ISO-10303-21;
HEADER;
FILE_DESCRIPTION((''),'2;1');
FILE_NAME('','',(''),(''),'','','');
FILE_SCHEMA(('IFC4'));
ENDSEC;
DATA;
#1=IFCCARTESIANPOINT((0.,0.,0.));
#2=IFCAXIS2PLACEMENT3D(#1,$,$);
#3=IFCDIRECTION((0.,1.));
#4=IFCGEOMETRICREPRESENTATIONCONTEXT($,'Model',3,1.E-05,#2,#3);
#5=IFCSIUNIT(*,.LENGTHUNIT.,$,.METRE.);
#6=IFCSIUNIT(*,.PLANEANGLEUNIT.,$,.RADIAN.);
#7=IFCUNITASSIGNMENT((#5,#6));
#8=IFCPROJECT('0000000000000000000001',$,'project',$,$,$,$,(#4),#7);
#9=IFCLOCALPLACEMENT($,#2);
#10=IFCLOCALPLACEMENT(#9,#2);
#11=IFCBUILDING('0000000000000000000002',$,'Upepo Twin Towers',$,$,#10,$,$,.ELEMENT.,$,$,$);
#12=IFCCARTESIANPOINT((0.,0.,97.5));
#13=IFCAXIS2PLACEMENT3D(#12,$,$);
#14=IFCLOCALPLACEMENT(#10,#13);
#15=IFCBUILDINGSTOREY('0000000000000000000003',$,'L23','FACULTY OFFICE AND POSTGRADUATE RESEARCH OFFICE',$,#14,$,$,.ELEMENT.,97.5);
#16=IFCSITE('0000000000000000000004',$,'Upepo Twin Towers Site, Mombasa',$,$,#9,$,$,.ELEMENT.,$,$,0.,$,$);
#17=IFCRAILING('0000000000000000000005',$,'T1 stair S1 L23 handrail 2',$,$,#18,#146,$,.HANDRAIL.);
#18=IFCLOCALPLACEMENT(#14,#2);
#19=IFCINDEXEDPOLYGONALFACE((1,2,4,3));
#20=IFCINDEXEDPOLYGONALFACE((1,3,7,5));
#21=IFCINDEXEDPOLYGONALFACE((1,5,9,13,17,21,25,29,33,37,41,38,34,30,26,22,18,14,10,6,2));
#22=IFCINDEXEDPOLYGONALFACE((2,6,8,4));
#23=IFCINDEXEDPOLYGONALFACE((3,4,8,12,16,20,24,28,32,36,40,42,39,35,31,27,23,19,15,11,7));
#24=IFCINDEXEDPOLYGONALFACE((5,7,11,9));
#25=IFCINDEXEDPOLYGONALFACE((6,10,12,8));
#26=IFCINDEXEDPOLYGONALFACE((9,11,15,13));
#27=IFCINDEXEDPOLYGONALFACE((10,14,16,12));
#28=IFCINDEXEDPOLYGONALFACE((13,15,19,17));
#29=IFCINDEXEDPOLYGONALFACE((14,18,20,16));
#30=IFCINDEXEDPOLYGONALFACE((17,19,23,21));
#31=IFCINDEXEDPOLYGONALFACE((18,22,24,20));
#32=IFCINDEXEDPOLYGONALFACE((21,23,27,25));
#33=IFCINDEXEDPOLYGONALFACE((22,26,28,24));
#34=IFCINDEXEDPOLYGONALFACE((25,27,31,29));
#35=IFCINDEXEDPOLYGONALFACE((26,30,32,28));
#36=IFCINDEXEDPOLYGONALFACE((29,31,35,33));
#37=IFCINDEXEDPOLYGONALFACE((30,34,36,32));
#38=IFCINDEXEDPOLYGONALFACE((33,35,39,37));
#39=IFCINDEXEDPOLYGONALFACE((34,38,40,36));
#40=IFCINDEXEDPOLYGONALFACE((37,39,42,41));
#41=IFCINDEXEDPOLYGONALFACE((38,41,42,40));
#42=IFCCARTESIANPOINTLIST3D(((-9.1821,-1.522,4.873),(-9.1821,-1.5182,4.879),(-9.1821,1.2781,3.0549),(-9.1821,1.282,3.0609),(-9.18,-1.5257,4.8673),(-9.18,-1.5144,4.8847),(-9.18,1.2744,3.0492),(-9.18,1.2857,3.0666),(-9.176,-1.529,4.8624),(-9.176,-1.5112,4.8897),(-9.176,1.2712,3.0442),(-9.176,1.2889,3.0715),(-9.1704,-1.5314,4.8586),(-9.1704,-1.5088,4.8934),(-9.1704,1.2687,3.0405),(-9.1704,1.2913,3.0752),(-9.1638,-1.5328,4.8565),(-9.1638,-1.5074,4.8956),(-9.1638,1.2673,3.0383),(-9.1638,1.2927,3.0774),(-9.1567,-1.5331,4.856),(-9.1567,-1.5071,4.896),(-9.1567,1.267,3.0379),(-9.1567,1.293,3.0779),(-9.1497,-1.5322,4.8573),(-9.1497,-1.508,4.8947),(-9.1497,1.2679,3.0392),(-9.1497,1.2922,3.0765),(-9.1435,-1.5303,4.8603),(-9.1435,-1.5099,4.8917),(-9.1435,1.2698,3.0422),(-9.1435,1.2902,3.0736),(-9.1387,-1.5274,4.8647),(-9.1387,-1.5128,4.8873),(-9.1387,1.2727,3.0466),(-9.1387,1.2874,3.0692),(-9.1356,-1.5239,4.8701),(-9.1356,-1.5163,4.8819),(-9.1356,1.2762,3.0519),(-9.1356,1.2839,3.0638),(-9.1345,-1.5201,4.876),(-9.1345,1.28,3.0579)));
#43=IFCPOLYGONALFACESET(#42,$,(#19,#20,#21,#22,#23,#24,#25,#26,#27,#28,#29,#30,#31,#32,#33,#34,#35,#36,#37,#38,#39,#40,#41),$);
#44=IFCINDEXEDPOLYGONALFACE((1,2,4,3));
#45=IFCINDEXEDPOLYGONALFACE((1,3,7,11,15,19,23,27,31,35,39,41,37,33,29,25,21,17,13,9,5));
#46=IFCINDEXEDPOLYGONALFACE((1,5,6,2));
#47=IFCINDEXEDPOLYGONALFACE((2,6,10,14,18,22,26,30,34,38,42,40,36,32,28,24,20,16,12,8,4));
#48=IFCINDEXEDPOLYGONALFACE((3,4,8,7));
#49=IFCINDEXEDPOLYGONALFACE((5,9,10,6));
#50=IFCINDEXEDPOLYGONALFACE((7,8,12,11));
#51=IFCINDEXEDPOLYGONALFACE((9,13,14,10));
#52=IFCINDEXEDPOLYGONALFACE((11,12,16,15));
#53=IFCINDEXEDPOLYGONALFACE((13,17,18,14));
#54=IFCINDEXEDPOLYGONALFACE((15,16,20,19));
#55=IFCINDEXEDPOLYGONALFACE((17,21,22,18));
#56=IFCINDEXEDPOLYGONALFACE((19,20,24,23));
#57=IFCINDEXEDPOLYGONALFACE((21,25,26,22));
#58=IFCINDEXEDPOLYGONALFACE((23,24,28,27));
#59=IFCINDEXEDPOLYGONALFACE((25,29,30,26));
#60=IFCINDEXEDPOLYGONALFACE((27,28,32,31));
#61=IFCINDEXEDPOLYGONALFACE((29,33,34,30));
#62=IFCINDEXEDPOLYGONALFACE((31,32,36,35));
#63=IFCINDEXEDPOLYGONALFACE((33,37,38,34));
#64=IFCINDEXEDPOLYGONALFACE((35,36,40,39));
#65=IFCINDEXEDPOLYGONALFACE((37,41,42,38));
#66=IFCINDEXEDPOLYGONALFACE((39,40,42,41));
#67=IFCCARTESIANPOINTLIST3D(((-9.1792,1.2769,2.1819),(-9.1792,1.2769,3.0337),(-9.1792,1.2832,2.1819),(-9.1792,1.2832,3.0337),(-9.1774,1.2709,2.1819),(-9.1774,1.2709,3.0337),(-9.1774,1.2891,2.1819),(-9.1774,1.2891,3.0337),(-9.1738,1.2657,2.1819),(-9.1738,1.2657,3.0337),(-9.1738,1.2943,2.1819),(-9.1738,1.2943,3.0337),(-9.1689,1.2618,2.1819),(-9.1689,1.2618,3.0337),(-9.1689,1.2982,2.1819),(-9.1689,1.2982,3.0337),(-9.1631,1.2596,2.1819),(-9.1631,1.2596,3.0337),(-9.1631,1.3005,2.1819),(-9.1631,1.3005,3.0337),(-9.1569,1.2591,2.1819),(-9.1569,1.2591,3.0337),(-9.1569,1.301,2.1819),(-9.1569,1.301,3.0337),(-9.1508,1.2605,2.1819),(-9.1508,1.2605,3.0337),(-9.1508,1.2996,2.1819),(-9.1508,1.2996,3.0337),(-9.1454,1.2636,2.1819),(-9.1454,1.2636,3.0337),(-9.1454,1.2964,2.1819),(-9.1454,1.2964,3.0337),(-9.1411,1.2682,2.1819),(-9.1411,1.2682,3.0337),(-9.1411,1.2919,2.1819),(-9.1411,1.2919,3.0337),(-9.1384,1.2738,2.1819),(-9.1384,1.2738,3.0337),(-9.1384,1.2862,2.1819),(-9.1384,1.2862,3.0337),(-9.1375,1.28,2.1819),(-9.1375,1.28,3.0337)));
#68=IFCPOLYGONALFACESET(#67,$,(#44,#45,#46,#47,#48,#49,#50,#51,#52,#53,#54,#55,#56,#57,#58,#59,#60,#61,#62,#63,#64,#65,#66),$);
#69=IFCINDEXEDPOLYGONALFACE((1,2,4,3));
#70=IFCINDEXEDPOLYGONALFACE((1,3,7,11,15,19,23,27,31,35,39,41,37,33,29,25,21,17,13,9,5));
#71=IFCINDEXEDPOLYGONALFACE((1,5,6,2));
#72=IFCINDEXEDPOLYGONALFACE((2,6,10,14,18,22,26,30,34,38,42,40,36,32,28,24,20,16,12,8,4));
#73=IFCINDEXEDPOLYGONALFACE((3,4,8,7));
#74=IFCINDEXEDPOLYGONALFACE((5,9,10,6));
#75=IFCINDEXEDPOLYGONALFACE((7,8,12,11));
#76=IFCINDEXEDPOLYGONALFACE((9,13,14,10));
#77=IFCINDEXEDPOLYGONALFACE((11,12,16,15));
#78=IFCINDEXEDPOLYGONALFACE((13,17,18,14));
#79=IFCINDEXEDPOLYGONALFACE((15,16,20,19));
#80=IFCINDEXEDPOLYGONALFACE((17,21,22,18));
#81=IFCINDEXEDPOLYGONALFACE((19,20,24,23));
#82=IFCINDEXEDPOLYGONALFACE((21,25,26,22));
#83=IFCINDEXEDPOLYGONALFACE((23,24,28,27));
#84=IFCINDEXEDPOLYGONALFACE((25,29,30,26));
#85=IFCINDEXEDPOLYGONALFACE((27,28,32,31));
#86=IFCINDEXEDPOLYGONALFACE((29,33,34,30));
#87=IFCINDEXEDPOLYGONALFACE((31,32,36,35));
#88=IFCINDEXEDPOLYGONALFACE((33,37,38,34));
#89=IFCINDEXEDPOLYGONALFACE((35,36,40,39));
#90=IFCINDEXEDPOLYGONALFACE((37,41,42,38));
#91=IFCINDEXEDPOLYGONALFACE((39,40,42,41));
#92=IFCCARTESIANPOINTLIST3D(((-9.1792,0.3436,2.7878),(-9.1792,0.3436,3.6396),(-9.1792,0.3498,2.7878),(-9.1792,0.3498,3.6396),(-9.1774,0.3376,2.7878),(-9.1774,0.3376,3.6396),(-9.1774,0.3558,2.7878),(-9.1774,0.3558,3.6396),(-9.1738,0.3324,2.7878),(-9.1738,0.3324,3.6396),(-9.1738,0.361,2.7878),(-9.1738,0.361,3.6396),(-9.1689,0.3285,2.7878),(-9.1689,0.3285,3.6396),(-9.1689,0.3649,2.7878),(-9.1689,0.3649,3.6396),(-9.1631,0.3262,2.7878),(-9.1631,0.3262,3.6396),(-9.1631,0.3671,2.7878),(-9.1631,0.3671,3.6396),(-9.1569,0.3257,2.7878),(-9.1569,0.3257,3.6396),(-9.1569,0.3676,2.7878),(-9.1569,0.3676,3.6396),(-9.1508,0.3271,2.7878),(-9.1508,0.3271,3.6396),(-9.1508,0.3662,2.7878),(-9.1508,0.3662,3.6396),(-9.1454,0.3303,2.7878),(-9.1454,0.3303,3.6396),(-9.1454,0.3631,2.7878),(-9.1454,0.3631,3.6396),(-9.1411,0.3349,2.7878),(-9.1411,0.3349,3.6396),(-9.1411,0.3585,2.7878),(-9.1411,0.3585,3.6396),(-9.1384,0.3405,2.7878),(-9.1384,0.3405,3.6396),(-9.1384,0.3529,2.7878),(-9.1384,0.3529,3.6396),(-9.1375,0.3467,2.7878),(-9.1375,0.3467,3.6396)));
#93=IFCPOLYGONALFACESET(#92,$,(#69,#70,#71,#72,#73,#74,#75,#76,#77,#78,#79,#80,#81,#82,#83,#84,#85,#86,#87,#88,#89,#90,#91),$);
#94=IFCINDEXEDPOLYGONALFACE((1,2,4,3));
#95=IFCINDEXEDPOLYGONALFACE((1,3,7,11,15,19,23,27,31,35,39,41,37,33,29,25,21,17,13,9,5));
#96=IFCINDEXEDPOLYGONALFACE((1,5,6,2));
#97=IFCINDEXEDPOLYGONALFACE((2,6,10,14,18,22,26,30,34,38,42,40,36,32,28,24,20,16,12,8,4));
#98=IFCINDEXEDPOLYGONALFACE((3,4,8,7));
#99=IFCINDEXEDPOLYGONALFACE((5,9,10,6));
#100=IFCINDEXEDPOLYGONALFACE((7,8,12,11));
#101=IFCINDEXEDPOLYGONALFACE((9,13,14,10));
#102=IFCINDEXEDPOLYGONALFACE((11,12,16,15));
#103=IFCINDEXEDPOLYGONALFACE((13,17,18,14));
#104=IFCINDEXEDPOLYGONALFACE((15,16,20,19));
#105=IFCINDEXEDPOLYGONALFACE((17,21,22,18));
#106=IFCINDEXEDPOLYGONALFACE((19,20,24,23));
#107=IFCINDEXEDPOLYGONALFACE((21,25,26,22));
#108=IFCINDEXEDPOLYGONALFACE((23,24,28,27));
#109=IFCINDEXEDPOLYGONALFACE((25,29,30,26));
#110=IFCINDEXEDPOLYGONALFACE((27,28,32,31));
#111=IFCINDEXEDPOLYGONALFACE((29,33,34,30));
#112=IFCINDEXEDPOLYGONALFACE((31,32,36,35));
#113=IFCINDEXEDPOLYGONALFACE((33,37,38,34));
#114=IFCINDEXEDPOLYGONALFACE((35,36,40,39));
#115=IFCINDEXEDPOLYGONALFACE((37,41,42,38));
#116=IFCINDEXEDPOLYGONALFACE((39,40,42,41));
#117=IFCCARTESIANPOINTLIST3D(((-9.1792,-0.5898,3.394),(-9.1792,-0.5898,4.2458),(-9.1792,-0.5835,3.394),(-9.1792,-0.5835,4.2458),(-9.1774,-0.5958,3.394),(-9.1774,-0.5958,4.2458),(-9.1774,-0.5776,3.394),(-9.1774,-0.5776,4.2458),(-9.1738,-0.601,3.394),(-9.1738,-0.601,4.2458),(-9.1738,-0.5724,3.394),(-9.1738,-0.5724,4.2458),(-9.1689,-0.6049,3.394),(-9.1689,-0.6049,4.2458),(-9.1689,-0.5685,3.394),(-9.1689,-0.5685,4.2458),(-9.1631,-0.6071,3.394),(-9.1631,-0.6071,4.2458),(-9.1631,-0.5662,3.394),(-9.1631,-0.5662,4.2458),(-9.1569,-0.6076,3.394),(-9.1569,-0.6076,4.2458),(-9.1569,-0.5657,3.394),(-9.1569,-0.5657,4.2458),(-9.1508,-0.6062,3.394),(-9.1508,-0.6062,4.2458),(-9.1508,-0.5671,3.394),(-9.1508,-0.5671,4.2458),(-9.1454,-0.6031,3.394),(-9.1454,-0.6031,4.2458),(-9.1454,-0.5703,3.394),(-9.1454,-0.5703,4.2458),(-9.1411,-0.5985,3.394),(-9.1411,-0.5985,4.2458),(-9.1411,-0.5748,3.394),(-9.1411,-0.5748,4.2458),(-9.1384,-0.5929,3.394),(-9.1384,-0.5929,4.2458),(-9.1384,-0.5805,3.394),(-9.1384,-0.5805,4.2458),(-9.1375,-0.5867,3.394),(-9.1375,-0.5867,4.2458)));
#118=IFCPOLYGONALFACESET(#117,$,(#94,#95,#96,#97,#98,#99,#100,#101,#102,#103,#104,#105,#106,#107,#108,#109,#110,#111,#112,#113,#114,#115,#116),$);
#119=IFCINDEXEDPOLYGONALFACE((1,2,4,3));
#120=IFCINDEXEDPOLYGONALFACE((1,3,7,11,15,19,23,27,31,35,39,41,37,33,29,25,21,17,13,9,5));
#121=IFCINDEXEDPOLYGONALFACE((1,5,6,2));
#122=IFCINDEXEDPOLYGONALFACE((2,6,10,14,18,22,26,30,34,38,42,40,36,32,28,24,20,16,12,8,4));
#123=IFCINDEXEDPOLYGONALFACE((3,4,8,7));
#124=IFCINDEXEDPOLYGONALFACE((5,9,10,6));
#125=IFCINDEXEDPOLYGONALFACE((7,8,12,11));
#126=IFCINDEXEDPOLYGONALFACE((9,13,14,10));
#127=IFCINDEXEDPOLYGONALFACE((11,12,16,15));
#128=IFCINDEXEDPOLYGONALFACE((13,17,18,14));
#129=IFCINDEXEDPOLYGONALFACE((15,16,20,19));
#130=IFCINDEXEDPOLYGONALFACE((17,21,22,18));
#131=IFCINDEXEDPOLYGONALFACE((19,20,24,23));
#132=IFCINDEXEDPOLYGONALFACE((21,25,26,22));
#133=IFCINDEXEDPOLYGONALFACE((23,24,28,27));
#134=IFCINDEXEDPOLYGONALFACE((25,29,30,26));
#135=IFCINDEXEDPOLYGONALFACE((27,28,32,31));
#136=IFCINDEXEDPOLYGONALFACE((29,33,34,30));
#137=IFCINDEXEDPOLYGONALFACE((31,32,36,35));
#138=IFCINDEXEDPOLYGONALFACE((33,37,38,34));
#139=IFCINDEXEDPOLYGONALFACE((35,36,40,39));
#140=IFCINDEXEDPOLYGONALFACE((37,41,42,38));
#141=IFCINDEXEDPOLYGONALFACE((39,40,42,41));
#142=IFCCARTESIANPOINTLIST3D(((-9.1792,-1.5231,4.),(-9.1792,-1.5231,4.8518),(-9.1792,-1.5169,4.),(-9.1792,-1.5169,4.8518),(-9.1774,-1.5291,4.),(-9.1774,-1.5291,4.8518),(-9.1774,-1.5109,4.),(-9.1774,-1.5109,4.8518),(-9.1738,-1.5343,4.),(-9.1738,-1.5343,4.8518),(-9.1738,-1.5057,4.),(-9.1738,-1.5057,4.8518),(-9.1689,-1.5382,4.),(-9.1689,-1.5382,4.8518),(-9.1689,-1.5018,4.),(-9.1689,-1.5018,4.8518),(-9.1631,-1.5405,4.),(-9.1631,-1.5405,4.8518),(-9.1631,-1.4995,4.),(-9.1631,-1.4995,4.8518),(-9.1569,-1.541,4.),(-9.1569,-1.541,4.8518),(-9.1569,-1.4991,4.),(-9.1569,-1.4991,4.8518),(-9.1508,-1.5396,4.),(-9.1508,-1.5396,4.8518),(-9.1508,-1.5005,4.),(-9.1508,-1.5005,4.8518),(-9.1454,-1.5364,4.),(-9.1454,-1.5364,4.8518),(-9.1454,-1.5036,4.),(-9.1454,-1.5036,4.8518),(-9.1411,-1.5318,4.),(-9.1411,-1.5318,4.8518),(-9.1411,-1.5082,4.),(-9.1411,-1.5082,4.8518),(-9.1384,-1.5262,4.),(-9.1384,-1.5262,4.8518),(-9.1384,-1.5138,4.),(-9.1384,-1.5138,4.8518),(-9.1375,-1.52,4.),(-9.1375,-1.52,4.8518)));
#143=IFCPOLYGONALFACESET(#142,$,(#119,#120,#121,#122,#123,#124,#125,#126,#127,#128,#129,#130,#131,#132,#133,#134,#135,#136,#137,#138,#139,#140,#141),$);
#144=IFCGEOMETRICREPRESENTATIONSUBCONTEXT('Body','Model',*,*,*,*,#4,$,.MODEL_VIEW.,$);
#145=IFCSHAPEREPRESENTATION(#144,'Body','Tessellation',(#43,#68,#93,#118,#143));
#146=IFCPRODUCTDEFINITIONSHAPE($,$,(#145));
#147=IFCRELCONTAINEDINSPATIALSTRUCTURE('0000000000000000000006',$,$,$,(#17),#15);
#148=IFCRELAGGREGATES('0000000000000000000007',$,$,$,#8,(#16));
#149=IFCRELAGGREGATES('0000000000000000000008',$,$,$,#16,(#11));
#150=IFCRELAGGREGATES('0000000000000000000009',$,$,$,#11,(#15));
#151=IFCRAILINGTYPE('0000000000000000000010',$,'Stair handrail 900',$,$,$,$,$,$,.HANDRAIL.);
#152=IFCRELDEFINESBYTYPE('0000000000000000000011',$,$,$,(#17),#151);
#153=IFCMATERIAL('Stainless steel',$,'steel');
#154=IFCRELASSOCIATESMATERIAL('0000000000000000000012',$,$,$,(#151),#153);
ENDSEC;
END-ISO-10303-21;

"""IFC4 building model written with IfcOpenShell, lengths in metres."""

from ifc_helpers import new_model, si_unit, direction, frame, origin, origin_2d, place, context, subcontext, project, spatial, circle, extrude, material, type_object, element, save


model = new_model("IFC4")

# Units and contexts
model_context = context("Model", 3, precision=1e-05, world=origin(), true_north=direction((0.0, 1.0)))
body_context = subcontext(model_context, "Body", "Model", "MODEL_VIEW")
ifc_project = project(units=[si_unit("LENGTHUNIT", "METRE"), si_unit("PLANEANGLEUNIT", "RADIAN")], contexts=[model_context])

# Site, building, storey
site_placement = place(None, origin())
site = spatial("IfcSite", under=ifc_project, at=site_placement, Name="Upepo Twin Towers Site, Mombasa", CompositionType="ELEMENT", RefElevation=0.0)
building_placement = place(site_placement, origin())
building = spatial("IfcBuilding", under=site, at=building_placement, Name="Upepo Twin Towers", CompositionType="ELEMENT")
storey_placement = place(building_placement, frame((0.0, 0.0, 97.5)))
storey = spatial("IfcBuildingStorey", under=building, at=storey_placement, Name="L23", Description="FACULTY OFFICE AND POSTGRADUATE RESEARCH OFFICE", CompositionType="ELEMENT", Elevation=97.5)

# Railing
ifc_material_1 = material(Name="Stainless steel", Category="steel")
railing_type = type_object("IfcRailingType", Name="Stair handrail 900", PredefinedType="HANDRAIL", material=ifc_material_1)
railing_1_placement = place(storey_placement, frame((-9.1584, 1.28, 2.1819)))
element("IfcRailing", 1, at=railing_1_placement, inside=storey, type_object=railing_type, Name="T1 stair S1 L23 handrail 2", PredefinedType="HANDRAIL", context=body_context, shape_type="SweptSolid", body=[
    extrude(circle(Radius=0.0239, at=origin_2d()), frame((0.0, 0.0, 0.876), z_axis=(0.0, -0.838706, 0.544585), x_axis=(1.0, 0.0, 0.0)), (0.0, 0.0, 1.0), 3.3386),
    extrude(circle(Radius=0.021, at=origin_2d()), origin(), (0.0, 0.0, 1.0), 0.8518),
    extrude(circle(Radius=0.021, at=origin_2d()), frame((0.0, -0.9333, 0.606)), (0.0, 0.0, 1.0), 0.8518),
    extrude(circle(Radius=0.021, at=origin_2d()), frame((0.0, -1.8667, 1.2122)), (0.0, 0.0, 1.0), 0.8518),
    extrude(circle(Radius=0.021, at=origin_2d()), frame((0.0, -2.8, 1.8181)), (0.0, 0.0, 1.0), 0.8518),
])

save(model, "model.ifc")
